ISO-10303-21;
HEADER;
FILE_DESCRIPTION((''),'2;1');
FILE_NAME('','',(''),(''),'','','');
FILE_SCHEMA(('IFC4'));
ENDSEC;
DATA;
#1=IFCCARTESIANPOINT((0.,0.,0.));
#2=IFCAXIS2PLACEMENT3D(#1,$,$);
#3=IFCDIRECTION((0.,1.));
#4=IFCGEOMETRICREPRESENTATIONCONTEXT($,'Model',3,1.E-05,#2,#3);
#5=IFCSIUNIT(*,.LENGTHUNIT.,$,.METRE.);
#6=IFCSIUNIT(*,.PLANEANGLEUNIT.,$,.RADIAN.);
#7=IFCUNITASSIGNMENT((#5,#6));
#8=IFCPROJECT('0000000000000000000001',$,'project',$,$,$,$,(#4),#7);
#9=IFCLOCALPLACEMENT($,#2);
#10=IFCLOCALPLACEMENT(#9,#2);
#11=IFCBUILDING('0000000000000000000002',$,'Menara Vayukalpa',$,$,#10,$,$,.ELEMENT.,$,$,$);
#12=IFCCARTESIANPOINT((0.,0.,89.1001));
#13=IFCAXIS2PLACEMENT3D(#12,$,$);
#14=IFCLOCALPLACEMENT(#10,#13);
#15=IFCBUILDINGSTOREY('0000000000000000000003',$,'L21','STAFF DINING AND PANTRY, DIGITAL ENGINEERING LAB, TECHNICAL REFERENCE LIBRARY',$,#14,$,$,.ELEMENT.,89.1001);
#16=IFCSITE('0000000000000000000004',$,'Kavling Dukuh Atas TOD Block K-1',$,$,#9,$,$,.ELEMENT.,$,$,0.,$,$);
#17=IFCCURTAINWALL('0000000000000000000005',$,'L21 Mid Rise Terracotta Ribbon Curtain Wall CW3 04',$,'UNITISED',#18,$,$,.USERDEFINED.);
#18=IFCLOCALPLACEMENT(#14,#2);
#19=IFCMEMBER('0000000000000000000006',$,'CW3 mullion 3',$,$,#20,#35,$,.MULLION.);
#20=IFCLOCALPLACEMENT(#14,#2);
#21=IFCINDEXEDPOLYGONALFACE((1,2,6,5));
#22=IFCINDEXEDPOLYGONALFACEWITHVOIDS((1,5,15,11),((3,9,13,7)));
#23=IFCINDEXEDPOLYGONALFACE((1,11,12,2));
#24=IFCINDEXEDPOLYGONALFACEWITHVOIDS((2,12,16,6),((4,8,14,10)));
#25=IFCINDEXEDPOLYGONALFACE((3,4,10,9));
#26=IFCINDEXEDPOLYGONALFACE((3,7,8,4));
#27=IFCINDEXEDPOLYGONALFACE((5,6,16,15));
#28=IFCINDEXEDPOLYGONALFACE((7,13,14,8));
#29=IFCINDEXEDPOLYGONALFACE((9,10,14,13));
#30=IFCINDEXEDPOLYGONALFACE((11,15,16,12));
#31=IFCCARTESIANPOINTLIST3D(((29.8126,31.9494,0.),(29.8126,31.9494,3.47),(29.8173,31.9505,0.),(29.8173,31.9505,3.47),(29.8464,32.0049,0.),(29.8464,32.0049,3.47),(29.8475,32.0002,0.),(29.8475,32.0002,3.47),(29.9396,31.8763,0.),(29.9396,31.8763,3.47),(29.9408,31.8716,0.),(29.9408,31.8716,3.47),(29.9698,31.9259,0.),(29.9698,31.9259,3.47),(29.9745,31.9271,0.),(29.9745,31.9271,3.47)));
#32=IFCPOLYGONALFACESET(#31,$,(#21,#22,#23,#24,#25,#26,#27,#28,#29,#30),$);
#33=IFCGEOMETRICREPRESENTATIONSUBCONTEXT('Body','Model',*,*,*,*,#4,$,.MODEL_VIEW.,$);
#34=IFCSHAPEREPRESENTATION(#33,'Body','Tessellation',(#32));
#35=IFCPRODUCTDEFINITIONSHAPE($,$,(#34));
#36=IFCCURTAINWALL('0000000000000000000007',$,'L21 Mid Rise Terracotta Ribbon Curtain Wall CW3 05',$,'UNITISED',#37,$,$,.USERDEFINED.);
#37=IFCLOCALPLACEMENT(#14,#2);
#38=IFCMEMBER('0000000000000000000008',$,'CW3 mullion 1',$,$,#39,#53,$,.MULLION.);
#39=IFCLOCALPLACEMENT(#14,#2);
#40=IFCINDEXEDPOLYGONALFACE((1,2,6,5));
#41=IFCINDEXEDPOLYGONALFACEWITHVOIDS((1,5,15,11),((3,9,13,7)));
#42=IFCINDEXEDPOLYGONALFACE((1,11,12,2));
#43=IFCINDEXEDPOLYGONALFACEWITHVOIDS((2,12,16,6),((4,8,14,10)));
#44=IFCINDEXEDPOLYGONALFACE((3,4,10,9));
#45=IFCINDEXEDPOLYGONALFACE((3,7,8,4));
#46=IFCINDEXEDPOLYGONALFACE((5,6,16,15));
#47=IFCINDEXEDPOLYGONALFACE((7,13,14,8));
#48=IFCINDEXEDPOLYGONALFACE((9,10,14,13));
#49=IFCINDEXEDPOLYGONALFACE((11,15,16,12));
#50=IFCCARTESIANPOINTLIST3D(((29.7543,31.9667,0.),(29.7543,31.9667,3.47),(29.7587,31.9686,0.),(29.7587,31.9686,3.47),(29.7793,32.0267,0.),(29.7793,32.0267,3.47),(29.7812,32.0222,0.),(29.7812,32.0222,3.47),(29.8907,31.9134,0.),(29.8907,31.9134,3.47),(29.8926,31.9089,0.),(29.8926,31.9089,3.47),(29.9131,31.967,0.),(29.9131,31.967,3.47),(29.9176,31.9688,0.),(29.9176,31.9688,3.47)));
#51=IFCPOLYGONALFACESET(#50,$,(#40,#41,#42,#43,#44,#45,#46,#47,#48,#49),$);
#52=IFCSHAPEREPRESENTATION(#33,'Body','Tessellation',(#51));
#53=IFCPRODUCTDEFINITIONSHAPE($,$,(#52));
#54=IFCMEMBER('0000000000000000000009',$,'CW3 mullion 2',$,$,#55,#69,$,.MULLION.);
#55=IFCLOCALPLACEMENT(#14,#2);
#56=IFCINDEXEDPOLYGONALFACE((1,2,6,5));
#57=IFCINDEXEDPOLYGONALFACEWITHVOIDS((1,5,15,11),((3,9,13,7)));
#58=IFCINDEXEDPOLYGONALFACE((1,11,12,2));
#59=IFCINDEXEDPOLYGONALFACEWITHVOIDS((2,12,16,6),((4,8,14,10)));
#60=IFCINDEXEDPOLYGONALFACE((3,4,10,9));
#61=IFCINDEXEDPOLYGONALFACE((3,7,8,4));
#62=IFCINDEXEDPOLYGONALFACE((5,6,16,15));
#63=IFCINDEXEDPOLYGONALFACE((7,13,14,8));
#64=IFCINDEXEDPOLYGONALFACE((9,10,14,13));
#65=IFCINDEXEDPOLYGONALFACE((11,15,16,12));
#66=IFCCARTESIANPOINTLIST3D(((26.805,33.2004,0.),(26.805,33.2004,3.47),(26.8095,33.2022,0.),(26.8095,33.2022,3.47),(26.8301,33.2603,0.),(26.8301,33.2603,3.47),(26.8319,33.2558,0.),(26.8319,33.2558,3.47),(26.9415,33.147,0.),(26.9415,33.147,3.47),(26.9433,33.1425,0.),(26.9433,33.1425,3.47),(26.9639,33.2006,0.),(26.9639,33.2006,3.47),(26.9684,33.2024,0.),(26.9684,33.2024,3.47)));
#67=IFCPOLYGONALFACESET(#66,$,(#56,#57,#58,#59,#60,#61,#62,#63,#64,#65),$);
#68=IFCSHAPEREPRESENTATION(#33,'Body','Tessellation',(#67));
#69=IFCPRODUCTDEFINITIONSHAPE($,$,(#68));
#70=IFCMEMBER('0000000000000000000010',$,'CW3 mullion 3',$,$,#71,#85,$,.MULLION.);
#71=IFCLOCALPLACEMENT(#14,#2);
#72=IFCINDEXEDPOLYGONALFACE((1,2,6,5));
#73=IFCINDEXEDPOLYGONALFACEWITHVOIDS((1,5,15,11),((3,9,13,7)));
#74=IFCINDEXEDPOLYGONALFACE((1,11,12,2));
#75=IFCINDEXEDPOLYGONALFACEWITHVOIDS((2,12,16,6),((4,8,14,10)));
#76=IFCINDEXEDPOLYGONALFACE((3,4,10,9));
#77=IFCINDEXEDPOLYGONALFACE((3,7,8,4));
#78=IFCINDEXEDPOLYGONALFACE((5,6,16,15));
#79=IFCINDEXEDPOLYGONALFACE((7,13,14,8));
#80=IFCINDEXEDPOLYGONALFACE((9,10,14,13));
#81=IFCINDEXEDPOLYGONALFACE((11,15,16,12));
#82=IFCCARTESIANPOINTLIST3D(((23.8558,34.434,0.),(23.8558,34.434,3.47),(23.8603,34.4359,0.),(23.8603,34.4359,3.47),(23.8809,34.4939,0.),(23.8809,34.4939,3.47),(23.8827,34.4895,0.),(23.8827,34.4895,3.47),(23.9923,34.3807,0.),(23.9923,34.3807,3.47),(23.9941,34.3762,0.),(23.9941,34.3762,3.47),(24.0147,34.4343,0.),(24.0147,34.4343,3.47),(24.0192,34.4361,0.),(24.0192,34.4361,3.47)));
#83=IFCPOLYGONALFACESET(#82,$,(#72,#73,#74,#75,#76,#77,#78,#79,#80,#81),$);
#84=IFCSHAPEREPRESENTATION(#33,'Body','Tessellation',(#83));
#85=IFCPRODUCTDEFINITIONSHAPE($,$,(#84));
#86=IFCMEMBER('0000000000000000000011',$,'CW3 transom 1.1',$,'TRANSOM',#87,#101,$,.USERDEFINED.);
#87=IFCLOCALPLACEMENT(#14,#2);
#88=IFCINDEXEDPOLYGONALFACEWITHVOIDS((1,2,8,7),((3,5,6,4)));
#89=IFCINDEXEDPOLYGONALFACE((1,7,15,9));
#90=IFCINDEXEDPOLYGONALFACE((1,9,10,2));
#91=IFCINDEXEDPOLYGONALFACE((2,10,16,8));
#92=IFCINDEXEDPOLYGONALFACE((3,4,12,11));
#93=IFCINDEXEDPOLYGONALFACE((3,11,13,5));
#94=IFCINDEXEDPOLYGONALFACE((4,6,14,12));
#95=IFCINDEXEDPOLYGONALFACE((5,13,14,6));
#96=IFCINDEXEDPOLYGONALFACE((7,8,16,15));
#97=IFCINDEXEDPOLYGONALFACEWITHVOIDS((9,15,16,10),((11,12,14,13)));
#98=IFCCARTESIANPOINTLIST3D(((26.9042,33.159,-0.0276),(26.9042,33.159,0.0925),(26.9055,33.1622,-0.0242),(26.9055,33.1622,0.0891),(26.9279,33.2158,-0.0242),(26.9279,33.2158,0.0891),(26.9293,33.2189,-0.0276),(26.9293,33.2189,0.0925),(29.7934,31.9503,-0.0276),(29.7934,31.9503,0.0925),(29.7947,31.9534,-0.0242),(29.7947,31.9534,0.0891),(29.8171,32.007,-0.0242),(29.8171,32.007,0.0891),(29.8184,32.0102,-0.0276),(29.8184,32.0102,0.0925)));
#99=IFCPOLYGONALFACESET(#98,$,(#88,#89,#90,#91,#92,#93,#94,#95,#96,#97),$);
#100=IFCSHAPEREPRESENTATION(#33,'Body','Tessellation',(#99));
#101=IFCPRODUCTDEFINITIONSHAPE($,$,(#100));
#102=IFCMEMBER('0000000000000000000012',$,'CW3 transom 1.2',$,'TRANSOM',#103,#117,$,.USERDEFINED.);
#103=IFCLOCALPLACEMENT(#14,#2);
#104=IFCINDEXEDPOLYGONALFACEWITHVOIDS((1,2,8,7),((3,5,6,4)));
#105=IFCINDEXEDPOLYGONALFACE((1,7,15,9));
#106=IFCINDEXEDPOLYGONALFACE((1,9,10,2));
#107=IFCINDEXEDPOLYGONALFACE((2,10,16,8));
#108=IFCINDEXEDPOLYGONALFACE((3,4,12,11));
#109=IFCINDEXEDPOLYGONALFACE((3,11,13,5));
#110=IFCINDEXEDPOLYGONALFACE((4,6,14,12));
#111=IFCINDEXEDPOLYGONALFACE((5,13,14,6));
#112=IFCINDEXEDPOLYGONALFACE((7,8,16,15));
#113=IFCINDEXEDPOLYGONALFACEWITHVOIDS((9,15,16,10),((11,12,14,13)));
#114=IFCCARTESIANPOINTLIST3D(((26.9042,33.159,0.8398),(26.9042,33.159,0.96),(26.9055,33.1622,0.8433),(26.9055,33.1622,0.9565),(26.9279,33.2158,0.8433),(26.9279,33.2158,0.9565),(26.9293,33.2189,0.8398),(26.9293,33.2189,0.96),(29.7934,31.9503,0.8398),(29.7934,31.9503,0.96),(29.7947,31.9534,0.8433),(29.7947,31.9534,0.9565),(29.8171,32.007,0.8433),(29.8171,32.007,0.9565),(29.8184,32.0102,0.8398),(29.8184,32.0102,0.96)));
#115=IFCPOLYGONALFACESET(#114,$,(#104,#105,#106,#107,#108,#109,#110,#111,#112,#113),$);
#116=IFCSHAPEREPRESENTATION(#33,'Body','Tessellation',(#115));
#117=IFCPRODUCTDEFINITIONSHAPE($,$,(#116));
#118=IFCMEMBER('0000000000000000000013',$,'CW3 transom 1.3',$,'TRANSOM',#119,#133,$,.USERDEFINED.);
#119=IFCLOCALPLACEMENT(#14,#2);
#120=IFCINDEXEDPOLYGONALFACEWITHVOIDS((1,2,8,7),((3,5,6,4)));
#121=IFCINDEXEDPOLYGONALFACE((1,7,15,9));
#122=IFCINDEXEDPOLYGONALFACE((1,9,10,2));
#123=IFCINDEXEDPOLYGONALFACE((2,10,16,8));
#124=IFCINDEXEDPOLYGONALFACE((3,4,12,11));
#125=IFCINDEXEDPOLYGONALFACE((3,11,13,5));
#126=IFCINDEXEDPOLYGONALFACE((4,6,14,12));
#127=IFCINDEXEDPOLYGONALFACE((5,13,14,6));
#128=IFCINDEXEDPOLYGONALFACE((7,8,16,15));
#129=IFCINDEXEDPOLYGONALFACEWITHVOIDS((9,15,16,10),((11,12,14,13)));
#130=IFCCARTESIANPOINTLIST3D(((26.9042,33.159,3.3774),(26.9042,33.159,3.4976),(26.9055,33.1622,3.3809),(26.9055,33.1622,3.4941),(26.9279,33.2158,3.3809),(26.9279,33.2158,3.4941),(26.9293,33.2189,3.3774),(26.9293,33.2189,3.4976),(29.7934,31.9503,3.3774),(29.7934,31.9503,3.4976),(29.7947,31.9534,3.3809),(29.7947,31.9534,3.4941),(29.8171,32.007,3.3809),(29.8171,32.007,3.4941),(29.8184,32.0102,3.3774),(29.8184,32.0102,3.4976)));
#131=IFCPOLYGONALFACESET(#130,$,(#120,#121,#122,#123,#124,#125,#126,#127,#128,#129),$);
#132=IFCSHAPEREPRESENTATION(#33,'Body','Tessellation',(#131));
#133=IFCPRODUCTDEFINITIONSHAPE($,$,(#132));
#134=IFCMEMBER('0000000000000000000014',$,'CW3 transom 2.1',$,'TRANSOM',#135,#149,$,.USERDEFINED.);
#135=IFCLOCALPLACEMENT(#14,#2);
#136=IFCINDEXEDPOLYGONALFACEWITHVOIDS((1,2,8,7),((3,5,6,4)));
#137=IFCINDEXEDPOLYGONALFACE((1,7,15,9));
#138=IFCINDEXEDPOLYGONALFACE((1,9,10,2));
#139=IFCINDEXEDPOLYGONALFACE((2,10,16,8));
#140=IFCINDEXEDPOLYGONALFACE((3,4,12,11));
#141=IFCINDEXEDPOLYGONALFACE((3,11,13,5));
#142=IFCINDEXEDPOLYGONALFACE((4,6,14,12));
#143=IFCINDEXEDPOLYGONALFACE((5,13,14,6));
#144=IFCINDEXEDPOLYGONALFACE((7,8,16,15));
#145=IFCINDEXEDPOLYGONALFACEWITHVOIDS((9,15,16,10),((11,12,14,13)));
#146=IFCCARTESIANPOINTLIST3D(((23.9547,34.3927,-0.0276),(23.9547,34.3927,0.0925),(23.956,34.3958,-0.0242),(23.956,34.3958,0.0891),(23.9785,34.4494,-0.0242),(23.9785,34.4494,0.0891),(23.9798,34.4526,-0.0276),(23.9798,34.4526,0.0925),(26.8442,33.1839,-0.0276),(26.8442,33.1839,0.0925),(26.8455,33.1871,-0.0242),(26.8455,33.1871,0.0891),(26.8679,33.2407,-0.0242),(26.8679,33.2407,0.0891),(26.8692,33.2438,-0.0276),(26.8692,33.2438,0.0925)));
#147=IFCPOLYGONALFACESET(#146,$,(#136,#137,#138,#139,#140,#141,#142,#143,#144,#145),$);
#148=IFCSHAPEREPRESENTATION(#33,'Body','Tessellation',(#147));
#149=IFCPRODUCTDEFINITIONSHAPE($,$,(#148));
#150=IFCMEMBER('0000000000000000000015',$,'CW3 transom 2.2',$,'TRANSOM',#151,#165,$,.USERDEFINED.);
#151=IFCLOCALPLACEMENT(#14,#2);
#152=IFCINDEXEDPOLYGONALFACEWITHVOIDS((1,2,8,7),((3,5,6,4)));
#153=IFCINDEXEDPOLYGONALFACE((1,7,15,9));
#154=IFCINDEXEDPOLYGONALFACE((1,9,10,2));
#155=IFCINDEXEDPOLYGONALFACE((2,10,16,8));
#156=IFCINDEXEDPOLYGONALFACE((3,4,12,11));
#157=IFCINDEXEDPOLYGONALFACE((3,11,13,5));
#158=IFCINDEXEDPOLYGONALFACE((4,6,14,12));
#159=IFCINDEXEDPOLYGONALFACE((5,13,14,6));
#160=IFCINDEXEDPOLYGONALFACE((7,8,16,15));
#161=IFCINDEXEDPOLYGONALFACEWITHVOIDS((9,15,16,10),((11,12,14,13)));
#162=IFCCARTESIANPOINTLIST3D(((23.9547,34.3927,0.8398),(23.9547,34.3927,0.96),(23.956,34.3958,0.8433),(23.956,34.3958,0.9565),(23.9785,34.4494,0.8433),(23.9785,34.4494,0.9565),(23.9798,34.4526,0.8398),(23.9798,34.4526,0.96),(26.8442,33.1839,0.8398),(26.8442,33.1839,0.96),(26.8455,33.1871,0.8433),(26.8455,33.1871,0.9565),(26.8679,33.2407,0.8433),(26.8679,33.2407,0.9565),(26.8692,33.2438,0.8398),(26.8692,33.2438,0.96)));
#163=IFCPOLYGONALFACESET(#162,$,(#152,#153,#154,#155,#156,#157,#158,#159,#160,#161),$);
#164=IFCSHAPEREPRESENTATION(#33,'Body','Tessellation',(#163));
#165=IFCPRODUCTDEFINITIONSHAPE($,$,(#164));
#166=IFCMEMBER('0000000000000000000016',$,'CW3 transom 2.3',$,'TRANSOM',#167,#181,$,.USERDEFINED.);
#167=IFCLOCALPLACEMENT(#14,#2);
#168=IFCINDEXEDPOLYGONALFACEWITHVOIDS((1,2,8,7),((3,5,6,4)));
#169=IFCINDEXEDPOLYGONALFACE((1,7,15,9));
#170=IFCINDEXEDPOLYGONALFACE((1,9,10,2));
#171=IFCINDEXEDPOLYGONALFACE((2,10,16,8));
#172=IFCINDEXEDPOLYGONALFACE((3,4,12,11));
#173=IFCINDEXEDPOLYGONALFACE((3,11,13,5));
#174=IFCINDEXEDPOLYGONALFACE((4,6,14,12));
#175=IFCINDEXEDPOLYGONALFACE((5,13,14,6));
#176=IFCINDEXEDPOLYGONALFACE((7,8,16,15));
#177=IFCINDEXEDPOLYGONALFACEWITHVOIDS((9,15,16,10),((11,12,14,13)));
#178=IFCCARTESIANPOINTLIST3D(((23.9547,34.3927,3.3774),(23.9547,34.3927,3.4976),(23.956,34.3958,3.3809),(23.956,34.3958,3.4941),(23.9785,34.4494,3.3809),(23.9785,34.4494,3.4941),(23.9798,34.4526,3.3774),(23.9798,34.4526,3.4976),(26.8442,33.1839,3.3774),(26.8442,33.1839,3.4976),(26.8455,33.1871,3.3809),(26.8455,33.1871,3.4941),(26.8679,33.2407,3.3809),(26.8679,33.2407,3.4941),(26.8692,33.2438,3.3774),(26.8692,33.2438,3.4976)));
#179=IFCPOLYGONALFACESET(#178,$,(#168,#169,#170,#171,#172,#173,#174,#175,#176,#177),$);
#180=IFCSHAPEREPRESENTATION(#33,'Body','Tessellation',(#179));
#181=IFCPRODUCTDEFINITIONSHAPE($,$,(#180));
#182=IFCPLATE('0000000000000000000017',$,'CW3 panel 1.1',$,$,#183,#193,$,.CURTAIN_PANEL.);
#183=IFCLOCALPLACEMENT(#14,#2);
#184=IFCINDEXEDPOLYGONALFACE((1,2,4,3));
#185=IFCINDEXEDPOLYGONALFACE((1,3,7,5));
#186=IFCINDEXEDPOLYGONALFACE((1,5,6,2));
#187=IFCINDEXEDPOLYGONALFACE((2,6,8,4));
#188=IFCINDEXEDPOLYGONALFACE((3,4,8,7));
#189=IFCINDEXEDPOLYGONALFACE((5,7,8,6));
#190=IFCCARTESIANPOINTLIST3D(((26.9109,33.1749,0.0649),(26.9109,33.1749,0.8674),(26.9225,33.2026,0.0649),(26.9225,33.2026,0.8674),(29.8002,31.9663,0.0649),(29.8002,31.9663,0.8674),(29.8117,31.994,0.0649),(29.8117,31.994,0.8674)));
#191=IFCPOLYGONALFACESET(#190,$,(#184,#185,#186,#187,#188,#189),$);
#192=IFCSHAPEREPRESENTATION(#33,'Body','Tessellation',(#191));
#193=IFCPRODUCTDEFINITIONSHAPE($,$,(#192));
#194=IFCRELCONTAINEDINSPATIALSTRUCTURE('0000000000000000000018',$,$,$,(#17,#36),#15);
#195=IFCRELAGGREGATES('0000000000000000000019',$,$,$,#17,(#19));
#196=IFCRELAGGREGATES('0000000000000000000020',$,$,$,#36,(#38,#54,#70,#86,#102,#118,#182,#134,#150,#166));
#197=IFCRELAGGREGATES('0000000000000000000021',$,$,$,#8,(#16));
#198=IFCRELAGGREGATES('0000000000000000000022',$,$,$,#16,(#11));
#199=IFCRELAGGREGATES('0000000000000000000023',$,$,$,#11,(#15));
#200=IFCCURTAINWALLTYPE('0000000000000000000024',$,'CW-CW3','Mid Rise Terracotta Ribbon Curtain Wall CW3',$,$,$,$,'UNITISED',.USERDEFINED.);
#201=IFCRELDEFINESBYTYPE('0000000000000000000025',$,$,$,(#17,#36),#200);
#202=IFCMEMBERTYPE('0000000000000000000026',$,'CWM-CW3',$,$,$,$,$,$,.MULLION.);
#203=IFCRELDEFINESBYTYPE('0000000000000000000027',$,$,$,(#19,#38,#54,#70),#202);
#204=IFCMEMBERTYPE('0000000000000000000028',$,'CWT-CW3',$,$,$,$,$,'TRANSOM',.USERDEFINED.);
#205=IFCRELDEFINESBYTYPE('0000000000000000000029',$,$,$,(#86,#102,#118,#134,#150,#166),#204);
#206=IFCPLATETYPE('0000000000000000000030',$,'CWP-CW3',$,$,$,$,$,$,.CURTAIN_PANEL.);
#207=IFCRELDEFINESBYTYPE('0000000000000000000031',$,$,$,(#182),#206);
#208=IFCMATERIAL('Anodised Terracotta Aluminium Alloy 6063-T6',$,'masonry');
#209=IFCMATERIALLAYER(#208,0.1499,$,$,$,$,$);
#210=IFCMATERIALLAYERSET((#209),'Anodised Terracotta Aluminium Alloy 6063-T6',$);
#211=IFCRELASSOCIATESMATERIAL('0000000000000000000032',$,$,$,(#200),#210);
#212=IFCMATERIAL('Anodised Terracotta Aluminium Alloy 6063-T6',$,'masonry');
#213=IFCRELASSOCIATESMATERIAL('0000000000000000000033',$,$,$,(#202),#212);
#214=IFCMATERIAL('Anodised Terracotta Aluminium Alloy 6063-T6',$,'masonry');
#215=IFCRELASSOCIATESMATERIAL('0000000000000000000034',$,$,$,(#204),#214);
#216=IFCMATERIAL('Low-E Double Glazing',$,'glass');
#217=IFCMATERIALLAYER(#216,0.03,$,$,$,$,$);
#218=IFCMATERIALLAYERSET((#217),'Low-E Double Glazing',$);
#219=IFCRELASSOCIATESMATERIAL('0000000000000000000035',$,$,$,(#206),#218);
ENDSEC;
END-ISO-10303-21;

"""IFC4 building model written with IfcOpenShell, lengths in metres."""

from ifc_helpers import new_model, si_unit, direction, frame, origin, origin_2d, place, context, subcontext, project, spatial, rectangle, hollow_rectangle, extrude, material, layer, layer_set, material_profile, profile_set, type_object, element, aggregate, save


model = new_model("IFC4")

# Units and contexts
model_context = context("Model", 3, precision=1e-05, world=origin(), true_north=direction((0.0, 1.0)))
body_context = subcontext(model_context, "Body", "Model", "MODEL_VIEW")
ifc_project = project(units=[si_unit("LENGTHUNIT", "METRE"), si_unit("PLANEANGLEUNIT", "RADIAN")], contexts=[model_context])

# Site, building, storey
site_placement = place(None, origin())
site = spatial("IfcSite", under=ifc_project, at=site_placement, Name="Kavling Dukuh Atas TOD Block K-1", CompositionType="ELEMENT", RefElevation=0.0)
building_placement = place(site_placement, origin())
building = spatial("IfcBuilding", under=site, at=building_placement, Name="Menara Vayukalpa", CompositionType="ELEMENT")
storey_placement = place(building_placement, frame((0.0, 0.0, 89.1001)))
storey = spatial("IfcBuildingStorey", under=building, at=storey_placement, Name="L21", Description="STAFF DINING AND PANTRY, DIGITAL ENGINEERING LAB, TECHNICAL REFERENCE LIBRARY", CompositionType="ELEMENT", Elevation=89.1001)

# Curtain wall, member
ifc_material_1 = material(Name="Anodised Terracotta Aluminium Alloy 6063-T6", Category="masonry")
ifc_layer_1 = layer(ifc_material_1, 0.1499)
ifc_layer_set_1 = layer_set([ifc_layer_1], Name="Anodised Terracotta Aluminium Alloy 6063-T6")
curtain_wall_type = type_object("IfcCurtainWallType", Name="CW-CW3", Description="Mid Rise Terracotta Ribbon Curtain Wall CW3", ElementType="UNITISED", PredefinedType="USERDEFINED", material=ifc_layer_set_1)
curtain_wall_1_placement = place(storey_placement, origin())
curtain_wall_1 = element("IfcCurtainWall", 1, at=curtain_wall_1_placement, inside=storey, type_object=curtain_wall_type, Name="L21 Mid Rise Terracotta Ribbon Curtain Wall CW3 04", ObjectType="UNITISED", PredefinedType="USERDEFINED")
ifc_material_2 = material(Name="Anodised Terracotta Aluminium Alloy 6063-T6", Category="masonry")
ifc_material_profile_1 = material_profile(ifc_material_2, hollow_rectangle(XDim=0.0649, YDim=0.1499, WallThickness=0.0034, at=origin_2d()), Name="ALU 65x150x3.5")
ifc_profile_set_1 = profile_set([ifc_material_profile_1], Name="Anodised Terracotta Aluminium Alloy 6063-T6")
member_type_1 = type_object("IfcMemberType", Name="CWM-CW3", PredefinedType="MULLION", material=ifc_profile_set_1)
member_1_placement = place(storey_placement, frame((29.8936, 31.9382, 0.0), z_axis=(0.0, 0.0, 1.0), x_axis=(-0.519183, -0.854663, 0.0)))
member_1 = element("IfcMember", 2, at=member_1_placement, type_object=member_type_1, Name="CW3 mullion 3", PredefinedType="MULLION", context=body_context, shape_type="SweptSolid", body=[
    extrude(hollow_rectangle(XDim=0.0649, YDim=0.1499, WallThickness=0.0034, at=origin_2d()), origin(), (0.0, 0.0, 1.0), 3.47),
])
aggregate(curtain_wall_1, [member_1])

# Curtain wall, members, plate
curtain_wall_2_placement = place(storey_placement, origin())
curtain_wall_2 = element("IfcCurtainWall", 3, at=curtain_wall_2_placement, inside=storey, type_object=curtain_wall_type, Name="L21 Mid Rise Terracotta Ribbon Curtain Wall CW3 05", ObjectType="UNITISED", PredefinedType="USERDEFINED")
member_2_placement = place(storey_placement, frame((29.8359, 31.9678, 0.0), z_axis=(0.0, 0.0, 1.0), x_axis=(-0.385894, -0.922543, 0.0)))
member_2 = element("IfcMember", 4, at=member_2_placement, type_object=member_type_1, Name="CW3 mullion 1", PredefinedType="MULLION", context=body_context, shape_type="SweptSolid", body=[
    extrude(hollow_rectangle(XDim=0.0649, YDim=0.1499, WallThickness=0.0034, at=origin_2d()), origin(), (0.0, 0.0, 1.0), 3.47),
])
member_3_placement = place(storey_placement, frame((26.8867, 33.2014, 0.0), z_axis=(0.0, 0.0, 1.0), x_axis=(-0.385894, -0.922543, 0.0)))
member_3 = element("IfcMember", 5, at=member_3_placement, type_object=member_type_1, Name="CW3 mullion 2", PredefinedType="MULLION", context=body_context, shape_type="SweptSolid", body=[
    extrude(hollow_rectangle(XDim=0.0649, YDim=0.1499, WallThickness=0.0034, at=origin_2d()), origin(), (0.0, 0.0, 1.0), 3.47),
])
member_4_placement = place(storey_placement, frame((23.9375, 34.4351, 0.0), z_axis=(0.0, 0.0, 1.0), x_axis=(-0.385894, -0.922543, 0.0)))
member_4 = element("IfcMember", 6, at=member_4_placement, type_object=member_type_1, Name="CW3 mullion 3", PredefinedType="MULLION", context=body_context, shape_type="SweptSolid", body=[
    extrude(hollow_rectangle(XDim=0.0649, YDim=0.1499, WallThickness=0.0034, at=origin_2d()), origin(), (0.0, 0.0, 1.0), 3.47),
])
ifc_material_3 = material(Name="Anodised Terracotta Aluminium Alloy 6063-T6", Category="masonry")
ifc_material_profile_2 = material_profile(ifc_material_3, hollow_rectangle(XDim=0.0649, YDim=0.1201, WallThickness=0.0034, at=origin_2d()), Name="ALU 65x120x3.5")
ifc_profile_set_2 = profile_set([ifc_material_profile_2], Name="Anodised Terracotta Aluminium Alloy 6063-T6")
member_type_2 = type_object("IfcMemberType", Name="CWT-CW3", ElementType="TRANSOM", PredefinedType="USERDEFINED", material=ifc_profile_set_2)
member_5_placement = place(storey_placement, frame((29.8059, 31.9802, 0.0325), z_axis=(-0.922518, 0.385955, 0.0), x_axis=(-0.385955, -0.922518, 0.0)))
member_5 = element("IfcMember", 7, at=member_5_placement, type_object=member_type_2, Name="CW3 transom 1.1", ObjectType="TRANSOM", PredefinedType="USERDEFINED", context=body_context, shape_type="SweptSolid", body=[
    extrude(hollow_rectangle(XDim=0.0649, YDim=0.1201, WallThickness=0.0034, at=origin_2d()), origin(), (0.0, 0.0, 1.0), 3.1318),
])
member_6_placement = place(storey_placement, frame((29.8059, 31.9802, 0.8999), z_axis=(-0.922518, 0.385955, 0.0), x_axis=(-0.385955, -0.922518, 0.0)))
member_6 = element("IfcMember", 8, at=member_6_placement, type_object=member_type_2, Name="CW3 transom 1.2", ObjectType="TRANSOM", PredefinedType="USERDEFINED", context=body_context, shape_type="SweptSolid", body=[
    extrude(hollow_rectangle(XDim=0.0649, YDim=0.1201, WallThickness=0.0034, at=origin_2d()), origin(), (0.0, 0.0, 1.0), 3.1318),
])
member_7_placement = place(storey_placement, frame((29.8059, 31.9802, 3.4375), z_axis=(-0.922518, 0.385955, 0.0), x_axis=(-0.385955, -0.922518, 0.0)))
member_7 = element("IfcMember", 9, at=member_7_placement, type_object=member_type_2, Name="CW3 transom 1.3", ObjectType="TRANSOM", PredefinedType="USERDEFINED", context=body_context, shape_type="SweptSolid", body=[
    extrude(hollow_rectangle(XDim=0.0649, YDim=0.1201, WallThickness=0.0034, at=origin_2d()), origin(), (0.0, 0.0, 1.0), 3.1318),
])
member_8_placement = place(storey_placement, frame((26.8567, 33.2139, 0.0325), z_axis=(-0.922529, 0.385927, 0.0), x_axis=(-0.385927, -0.922529, 0.0)))
member_8 = element("IfcMember", 10, at=member_8_placement, type_object=member_type_2, Name="CW3 transom 2.1", ObjectType="TRANSOM", PredefinedType="USERDEFINED", context=body_context, shape_type="SweptSolid", body=[
    extrude(hollow_rectangle(XDim=0.0649, YDim=0.1201, WallThickness=0.0034, at=origin_2d()), origin(), (0.0, 0.0, 1.0), 3.1321),
])
member_9_placement = place(storey_placement, frame((26.8567, 33.2139, 0.8999), z_axis=(-0.922529, 0.385927, 0.0), x_axis=(-0.385927, -0.922529, 0.0)))
member_9 = element("IfcMember", 11, at=member_9_placement, type_object=member_type_2, Name="CW3 transom 2.2", ObjectType="TRANSOM", PredefinedType="USERDEFINED", context=body_context, shape_type="SweptSolid", body=[
    extrude(hollow_rectangle(XDim=0.0649, YDim=0.1201, WallThickness=0.0034, at=origin_2d()), origin(), (0.0, 0.0, 1.0), 3.1321),
])
member_10_placement = place(storey_placement, frame((26.8567, 33.2139, 3.4375), z_axis=(-0.922529, 0.385927, 0.0), x_axis=(-0.385927, -0.922529, 0.0)))
member_10 = element("IfcMember", 12, at=member_10_placement, type_object=member_type_2, Name="CW3 transom 2.3", ObjectType="TRANSOM", PredefinedType="USERDEFINED", context=body_context, shape_type="SweptSolid", body=[
    extrude(hollow_rectangle(XDim=0.0649, YDim=0.1201, WallThickness=0.0034, at=origin_2d()), origin(), (0.0, 0.0, 1.0), 3.1321),
])
ifc_material_4 = material(Name="Low-E Double Glazing", Category="glass")
ifc_layer_2 = layer(ifc_material_4, 0.03)
ifc_layer_set_2 = layer_set([ifc_layer_2], Name="Low-E Double Glazing")
plate_type = type_object("IfcPlateType", Name="CWP-CW3", PredefinedType="CURTAIN_PANEL", material=ifc_layer_set_2)
plate_1_placement = place(storey_placement, frame((28.3613, 32.5845, 0.0649), z_axis=(0.0, 0.0, 1.0), x_axis=(-0.922543, 0.385894, 0.0)))
plate_1 = element("IfcPlate", 13, at=plate_1_placement, type_object=plate_type, Name="CW3 panel 1.1", PredefinedType="CURTAIN_PANEL", context=body_context, shape_type="SweptSolid", body=[
    extrude(rectangle(XDim=3.1318, YDim=0.03, at=origin_2d()), origin(), (0.0, 0.0, 1.0), 0.8025),
])
aggregate(curtain_wall_2, [member_2, member_3, member_4, member_5, member_6, member_7, plate_1, member_8, member_9, member_10])

save(model, "model.ifc")
